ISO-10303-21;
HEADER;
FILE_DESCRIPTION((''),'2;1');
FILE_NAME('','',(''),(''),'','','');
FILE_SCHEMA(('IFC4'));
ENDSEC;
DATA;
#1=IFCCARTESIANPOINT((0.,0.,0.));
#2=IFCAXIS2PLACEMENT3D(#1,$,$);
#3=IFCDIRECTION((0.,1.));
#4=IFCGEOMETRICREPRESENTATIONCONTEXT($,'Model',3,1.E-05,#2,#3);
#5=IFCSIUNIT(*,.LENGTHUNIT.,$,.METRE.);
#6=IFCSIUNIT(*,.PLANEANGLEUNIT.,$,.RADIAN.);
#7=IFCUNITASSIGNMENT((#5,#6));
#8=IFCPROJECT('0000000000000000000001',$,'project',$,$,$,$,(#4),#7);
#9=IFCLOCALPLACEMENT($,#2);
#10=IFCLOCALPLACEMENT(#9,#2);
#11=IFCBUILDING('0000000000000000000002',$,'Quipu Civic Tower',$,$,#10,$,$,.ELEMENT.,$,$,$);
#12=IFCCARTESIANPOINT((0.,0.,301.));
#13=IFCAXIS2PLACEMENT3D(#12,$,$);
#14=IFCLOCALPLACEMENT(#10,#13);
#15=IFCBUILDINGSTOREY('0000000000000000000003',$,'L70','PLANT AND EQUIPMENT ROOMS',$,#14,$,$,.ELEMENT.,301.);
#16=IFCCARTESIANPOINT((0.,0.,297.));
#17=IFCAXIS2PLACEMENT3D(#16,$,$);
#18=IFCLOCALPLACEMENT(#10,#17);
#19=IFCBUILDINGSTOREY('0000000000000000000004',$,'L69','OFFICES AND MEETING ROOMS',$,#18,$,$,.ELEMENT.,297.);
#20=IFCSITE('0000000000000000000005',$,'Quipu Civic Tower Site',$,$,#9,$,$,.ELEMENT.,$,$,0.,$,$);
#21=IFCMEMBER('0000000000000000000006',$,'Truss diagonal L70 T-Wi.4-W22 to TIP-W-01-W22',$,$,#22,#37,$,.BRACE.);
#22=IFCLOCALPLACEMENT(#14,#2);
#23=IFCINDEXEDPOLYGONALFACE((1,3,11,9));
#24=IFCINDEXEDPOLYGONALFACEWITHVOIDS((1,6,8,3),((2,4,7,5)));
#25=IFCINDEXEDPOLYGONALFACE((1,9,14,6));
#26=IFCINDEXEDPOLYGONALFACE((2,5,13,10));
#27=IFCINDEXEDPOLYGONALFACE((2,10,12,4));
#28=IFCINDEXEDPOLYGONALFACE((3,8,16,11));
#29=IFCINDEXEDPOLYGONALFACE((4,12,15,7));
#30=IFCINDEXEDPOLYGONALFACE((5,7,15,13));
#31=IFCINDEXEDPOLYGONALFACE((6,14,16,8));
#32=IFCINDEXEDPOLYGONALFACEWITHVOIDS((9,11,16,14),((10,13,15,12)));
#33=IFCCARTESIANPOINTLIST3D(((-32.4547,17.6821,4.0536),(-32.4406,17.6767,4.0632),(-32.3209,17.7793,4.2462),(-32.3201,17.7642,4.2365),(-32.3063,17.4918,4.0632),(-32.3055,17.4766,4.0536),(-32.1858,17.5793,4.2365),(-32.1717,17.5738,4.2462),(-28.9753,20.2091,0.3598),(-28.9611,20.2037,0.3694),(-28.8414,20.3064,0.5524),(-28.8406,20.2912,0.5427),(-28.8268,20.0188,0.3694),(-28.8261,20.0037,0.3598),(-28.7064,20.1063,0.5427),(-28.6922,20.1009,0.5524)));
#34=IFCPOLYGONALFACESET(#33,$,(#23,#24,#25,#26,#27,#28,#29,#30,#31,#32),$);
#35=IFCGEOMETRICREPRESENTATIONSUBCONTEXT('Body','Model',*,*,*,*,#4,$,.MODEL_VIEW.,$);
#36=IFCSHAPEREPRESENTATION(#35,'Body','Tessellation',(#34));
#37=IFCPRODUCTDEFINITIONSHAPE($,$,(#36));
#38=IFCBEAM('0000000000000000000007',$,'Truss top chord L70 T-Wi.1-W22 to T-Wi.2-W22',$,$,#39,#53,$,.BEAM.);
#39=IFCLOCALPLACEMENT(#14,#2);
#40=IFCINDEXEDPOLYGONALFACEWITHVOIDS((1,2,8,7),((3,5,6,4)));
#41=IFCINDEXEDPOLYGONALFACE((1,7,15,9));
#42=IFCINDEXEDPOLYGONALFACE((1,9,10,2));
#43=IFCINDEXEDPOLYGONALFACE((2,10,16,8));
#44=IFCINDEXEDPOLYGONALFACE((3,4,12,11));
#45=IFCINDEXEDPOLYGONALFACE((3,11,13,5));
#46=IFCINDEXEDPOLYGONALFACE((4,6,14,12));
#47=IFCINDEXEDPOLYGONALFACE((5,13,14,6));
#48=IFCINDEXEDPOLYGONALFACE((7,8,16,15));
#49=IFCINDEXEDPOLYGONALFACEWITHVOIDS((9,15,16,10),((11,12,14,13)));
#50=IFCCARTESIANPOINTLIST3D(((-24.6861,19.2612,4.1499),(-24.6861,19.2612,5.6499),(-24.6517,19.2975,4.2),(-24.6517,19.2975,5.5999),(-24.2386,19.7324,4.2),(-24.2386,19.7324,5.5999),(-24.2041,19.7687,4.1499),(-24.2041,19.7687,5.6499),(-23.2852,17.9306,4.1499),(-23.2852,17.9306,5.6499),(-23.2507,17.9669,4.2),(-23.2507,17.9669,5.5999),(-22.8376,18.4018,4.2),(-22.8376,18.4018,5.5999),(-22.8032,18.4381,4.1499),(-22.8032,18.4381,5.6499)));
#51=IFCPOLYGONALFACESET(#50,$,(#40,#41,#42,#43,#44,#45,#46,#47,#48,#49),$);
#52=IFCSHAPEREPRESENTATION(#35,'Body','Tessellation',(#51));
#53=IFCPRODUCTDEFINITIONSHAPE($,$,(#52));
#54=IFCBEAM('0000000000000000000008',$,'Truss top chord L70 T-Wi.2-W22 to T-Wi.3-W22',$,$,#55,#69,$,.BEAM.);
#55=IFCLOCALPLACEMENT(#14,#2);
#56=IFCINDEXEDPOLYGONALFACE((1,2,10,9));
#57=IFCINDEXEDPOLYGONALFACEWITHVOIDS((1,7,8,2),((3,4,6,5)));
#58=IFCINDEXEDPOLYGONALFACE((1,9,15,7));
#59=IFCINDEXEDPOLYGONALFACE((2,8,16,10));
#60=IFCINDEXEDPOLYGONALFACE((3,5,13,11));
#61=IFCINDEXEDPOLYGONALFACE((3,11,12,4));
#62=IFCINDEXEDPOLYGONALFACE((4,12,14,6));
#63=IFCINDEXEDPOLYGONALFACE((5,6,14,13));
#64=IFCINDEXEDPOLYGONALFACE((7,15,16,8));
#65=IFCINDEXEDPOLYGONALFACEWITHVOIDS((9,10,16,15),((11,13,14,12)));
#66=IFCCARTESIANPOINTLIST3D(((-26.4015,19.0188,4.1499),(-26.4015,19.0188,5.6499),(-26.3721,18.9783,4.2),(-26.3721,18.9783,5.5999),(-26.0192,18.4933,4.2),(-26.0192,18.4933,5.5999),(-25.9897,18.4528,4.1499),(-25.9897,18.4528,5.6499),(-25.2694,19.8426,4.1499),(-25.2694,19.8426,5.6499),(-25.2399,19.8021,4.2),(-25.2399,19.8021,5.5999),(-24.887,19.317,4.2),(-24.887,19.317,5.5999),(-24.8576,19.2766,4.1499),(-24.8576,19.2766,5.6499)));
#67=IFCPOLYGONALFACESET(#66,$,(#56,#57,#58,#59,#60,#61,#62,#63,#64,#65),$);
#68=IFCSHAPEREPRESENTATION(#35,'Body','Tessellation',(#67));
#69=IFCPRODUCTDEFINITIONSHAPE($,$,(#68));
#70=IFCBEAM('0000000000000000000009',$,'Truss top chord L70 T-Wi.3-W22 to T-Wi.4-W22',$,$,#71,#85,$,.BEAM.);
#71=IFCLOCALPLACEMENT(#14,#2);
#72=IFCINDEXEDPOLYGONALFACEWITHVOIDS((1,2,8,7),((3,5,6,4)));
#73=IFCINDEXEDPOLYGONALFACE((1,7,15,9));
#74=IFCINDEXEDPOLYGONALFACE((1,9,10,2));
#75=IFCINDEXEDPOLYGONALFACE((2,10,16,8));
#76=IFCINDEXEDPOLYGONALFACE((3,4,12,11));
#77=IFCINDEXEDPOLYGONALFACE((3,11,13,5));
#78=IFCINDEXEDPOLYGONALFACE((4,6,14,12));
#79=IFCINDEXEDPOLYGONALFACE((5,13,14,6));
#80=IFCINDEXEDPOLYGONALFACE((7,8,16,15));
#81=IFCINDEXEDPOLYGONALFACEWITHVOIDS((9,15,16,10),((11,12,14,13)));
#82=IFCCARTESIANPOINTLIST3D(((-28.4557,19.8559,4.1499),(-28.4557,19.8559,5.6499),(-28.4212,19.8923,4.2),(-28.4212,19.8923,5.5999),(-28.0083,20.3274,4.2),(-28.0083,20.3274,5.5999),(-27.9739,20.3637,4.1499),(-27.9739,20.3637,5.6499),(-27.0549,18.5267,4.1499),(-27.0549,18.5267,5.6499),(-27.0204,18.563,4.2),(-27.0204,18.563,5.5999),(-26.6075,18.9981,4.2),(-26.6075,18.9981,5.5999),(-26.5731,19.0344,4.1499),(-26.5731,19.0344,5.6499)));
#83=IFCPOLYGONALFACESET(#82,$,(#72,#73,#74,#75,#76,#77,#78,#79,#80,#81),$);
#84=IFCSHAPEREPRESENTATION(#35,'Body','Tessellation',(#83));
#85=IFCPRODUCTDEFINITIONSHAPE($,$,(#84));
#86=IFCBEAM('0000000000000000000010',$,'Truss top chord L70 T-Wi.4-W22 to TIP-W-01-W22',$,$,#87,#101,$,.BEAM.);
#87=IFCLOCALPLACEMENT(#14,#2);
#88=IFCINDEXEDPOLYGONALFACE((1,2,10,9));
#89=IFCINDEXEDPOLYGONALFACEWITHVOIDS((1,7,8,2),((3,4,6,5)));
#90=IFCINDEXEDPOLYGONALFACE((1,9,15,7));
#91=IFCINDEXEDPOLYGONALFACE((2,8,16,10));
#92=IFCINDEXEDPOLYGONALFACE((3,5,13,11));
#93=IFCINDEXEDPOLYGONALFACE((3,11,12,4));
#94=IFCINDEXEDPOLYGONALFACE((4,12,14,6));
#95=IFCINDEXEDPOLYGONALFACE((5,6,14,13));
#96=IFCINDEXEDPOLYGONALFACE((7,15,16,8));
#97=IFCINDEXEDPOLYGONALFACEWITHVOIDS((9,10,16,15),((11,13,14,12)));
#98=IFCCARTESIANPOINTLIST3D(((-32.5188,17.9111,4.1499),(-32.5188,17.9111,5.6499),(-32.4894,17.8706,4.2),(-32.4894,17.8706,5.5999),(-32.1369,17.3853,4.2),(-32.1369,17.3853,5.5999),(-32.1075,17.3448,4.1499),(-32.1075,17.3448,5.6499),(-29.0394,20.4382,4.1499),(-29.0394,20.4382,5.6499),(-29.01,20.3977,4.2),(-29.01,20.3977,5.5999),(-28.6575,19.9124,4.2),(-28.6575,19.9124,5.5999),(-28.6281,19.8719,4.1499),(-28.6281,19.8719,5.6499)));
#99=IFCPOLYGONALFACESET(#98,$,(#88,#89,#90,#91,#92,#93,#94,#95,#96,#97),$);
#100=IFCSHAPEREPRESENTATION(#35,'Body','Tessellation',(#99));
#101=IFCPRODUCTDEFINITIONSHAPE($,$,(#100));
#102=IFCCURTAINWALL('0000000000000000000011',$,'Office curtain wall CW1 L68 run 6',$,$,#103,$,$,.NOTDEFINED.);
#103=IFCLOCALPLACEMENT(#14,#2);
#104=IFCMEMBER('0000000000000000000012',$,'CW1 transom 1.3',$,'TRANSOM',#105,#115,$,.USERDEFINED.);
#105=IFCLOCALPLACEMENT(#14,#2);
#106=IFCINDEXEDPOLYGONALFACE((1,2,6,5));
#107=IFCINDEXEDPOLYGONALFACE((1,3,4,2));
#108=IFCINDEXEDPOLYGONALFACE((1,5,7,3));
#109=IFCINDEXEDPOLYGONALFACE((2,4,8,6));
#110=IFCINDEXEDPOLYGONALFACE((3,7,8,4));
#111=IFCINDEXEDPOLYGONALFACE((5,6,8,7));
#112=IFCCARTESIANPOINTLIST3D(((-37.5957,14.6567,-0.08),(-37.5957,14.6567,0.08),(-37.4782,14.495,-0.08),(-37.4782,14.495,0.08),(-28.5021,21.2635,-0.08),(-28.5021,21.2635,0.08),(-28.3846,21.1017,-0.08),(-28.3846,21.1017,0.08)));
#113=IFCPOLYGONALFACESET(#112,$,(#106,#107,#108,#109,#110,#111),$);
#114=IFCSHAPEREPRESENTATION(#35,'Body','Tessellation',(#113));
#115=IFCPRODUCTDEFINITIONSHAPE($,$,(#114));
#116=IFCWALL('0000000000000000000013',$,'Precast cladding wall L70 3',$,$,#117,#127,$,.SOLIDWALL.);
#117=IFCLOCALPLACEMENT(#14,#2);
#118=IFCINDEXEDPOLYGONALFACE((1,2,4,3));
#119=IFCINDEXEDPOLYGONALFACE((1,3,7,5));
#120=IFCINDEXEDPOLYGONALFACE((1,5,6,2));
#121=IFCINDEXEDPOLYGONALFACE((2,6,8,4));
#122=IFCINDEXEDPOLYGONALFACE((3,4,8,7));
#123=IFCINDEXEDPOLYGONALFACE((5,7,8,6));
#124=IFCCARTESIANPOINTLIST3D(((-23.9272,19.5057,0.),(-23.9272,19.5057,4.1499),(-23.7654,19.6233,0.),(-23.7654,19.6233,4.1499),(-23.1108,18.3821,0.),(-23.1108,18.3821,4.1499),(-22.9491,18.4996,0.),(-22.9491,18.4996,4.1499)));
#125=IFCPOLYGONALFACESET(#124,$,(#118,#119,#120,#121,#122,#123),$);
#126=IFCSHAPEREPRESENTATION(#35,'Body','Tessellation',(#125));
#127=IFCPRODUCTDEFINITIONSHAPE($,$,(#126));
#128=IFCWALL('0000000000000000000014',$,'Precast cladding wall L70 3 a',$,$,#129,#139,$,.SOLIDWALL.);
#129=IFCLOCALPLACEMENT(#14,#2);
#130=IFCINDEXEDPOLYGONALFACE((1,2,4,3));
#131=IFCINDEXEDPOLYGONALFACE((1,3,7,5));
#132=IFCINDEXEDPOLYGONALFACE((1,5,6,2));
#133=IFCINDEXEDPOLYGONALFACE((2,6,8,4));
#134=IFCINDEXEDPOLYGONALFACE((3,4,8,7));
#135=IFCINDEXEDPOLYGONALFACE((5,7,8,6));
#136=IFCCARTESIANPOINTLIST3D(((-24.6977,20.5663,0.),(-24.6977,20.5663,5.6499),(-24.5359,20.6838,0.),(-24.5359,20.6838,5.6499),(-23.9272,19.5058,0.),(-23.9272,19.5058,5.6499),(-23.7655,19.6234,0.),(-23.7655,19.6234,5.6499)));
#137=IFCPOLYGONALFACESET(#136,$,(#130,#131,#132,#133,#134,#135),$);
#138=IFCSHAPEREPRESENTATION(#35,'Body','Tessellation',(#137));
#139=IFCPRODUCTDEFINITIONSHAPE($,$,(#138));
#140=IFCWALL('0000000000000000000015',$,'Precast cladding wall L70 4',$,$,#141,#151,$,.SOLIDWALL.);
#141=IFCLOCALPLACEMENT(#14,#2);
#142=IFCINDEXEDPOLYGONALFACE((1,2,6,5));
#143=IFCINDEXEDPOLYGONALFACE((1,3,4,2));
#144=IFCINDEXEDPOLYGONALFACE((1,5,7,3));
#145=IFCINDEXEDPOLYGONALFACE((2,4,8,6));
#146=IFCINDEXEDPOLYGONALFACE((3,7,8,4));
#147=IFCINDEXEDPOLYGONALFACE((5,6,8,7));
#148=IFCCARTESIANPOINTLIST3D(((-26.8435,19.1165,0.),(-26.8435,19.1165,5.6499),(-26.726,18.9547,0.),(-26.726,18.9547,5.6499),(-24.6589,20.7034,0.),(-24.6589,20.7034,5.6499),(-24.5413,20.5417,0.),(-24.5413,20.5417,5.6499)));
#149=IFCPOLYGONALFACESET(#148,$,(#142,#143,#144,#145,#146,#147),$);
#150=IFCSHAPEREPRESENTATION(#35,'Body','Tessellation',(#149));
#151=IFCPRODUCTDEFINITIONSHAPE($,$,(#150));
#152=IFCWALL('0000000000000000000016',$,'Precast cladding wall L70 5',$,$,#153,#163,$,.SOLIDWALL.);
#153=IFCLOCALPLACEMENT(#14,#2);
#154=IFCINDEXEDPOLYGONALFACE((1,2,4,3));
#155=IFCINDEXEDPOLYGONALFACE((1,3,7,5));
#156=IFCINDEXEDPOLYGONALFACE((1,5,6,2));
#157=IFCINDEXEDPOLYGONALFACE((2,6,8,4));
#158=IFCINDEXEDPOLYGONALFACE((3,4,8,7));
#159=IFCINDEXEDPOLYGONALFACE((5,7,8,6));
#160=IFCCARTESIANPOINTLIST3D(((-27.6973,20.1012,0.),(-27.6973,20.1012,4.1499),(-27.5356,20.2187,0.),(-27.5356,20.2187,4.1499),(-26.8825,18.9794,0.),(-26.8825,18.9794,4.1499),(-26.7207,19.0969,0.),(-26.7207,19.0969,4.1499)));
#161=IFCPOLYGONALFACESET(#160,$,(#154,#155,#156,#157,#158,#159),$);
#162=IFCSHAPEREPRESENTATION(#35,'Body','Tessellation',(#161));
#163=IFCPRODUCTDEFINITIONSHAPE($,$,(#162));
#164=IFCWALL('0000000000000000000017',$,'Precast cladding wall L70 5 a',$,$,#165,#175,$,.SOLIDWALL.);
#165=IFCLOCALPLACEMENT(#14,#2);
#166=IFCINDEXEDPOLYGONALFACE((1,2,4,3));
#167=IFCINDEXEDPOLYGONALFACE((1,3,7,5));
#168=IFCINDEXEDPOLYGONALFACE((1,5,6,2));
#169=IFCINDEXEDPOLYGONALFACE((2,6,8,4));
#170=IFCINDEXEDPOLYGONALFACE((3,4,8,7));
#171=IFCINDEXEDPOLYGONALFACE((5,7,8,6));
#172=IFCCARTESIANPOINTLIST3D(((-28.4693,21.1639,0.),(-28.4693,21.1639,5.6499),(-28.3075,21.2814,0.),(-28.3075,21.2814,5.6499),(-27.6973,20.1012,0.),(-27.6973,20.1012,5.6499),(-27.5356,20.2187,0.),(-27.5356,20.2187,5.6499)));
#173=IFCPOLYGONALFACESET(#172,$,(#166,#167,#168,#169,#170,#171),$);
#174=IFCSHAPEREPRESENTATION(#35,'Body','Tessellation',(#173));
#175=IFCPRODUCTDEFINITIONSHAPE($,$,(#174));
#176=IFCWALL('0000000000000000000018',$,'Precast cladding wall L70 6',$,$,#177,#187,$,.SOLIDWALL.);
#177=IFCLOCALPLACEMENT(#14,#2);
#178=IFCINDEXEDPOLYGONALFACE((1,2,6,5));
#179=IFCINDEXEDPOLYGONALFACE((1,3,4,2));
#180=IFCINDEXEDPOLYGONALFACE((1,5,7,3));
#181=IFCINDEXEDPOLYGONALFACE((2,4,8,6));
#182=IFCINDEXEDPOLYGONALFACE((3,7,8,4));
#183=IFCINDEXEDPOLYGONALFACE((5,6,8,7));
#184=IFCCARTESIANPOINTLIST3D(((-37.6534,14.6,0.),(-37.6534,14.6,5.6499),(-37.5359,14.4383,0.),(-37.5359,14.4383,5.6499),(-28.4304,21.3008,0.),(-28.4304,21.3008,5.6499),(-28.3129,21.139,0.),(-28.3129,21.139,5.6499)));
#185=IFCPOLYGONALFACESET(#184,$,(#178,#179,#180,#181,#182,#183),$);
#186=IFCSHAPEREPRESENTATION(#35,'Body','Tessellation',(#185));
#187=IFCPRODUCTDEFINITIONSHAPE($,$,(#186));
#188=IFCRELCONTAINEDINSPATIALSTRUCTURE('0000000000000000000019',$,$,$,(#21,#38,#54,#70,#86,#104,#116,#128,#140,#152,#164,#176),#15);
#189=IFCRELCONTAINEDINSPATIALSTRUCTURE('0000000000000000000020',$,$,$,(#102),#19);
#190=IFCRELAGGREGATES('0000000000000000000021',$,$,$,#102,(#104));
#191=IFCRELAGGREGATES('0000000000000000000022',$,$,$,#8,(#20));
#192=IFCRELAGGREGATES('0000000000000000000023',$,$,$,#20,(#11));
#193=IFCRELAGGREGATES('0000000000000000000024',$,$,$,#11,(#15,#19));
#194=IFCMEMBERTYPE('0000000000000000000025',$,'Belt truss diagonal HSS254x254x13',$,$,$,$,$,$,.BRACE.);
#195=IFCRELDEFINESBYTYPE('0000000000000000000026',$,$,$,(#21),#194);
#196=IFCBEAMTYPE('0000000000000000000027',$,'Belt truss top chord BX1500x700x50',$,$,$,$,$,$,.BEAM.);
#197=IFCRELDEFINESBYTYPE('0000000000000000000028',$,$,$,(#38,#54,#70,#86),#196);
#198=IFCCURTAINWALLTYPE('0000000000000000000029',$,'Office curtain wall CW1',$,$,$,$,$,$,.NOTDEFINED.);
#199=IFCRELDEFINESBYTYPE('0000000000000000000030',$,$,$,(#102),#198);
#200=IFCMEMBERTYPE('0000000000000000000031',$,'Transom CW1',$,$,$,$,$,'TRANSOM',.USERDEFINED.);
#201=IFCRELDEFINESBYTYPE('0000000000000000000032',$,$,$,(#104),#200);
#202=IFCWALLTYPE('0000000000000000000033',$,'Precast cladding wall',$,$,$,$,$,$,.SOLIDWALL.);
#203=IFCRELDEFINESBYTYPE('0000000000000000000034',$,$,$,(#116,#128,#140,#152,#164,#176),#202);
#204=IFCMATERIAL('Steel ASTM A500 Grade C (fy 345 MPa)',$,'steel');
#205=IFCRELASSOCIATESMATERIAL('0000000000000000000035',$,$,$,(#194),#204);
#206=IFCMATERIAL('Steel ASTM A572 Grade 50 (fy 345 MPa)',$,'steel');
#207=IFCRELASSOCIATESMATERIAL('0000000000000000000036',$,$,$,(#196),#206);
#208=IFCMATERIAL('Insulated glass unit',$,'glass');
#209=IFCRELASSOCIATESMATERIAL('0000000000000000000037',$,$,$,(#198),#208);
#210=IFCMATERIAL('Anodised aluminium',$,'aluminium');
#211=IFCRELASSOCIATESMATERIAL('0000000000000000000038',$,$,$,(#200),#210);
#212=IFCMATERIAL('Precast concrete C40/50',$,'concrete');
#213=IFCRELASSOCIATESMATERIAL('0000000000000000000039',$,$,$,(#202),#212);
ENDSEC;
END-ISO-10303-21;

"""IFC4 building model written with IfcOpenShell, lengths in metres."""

from ifc_helpers import new_model, si_unit, direction, frame, frame_2d, origin, origin_2d, place, context, subcontext, project, spatial, rectangle, hollow_rectangle, extrude, material, material_profile, profile_set, type_object, element, aggregate, save


model = new_model("IFC4")

# Units and contexts
model_context = context("Model", 3, precision=1e-05, world=origin(), true_north=direction((0.0, 1.0)))
body_context = subcontext(model_context, "Body", "Model", "MODEL_VIEW")
ifc_project = project(units=[si_unit("LENGTHUNIT", "METRE"), si_unit("PLANEANGLEUNIT", "RADIAN")], contexts=[model_context])

# Site, building, storey
site_placement = place(None, origin())
site = spatial("IfcSite", under=ifc_project, at=site_placement, Name="Quipu Civic Tower Site", CompositionType="ELEMENT", RefElevation=0.0)
building_placement = place(site_placement, origin())
building = spatial("IfcBuilding", under=site, at=building_placement, Name="Quipu Civic Tower", CompositionType="ELEMENT")
storey_1_placement = place(building_placement, frame((0.0, 0.0, 301.0)))
storey_1 = spatial("IfcBuildingStorey", under=building, at=storey_1_placement, Name="L70", Description="PLANT AND EQUIPMENT ROOMS", CompositionType="ELEMENT", Elevation=301.0)

# Member
ifc_material_1 = material(Name="Steel ASTM A500 Grade C (fy 345 MPa)", Category="steel")
ifc_material_profile_1 = material_profile(ifc_material_1, hollow_rectangle(XDim=0.2539, YDim=0.2539, WallThickness=0.0127, at=origin_2d()), Name="HSS254x254x13")
ifc_profile_set_1 = profile_set([ifc_material_profile_1], Name="Steel ASTM A500 Grade C (fy 345 MPa)")
member_type_1 = type_object("IfcMemberType", Name="Belt truss diagonal HSS254x254x13", PredefinedType="BRACE", material=ifc_profile_set_1)
member_1_placement = place(storey_1_placement, frame((-28.8337, 20.155, 0.4561), z_axis=(-0.613775, -0.445775, 0.651587), x_axis=(0.587648, -0.809116, 0.0)))
element("IfcMember", 1, at=member_1_placement, inside=storey_1, type_object=member_type_1, Name="Truss diagonal L70 T-Wi.4-W22 to TIP-W-01-W22", PredefinedType="BRACE", context=body_context, shape_type="SweptSolid", body=[
    extrude(hollow_rectangle(XDim=0.2539, YDim=0.2539, WallThickness=0.0127, at=origin_2d()), origin(), (0.0, 0.0, 1.0), 5.6689),
])

# Beams
ifc_material_2 = material(Name="Steel ASTM A572 Grade 50 (fy 345 MPa)", Category="steel")
ifc_material_profile_2 = material_profile(ifc_material_2, hollow_rectangle(XDim=0.7, YDim=1.5, WallThickness=0.05, at=origin_2d()), Name="BX1500x700x50")
ifc_profile_set_2 = profile_set([ifc_material_profile_2], Name="Steel ASTM A572 Grade 50 (fy 345 MPa)")
beam_type_1 = type_object("IfcBeamType", Name="Belt truss top chord BX1500x700x50", PredefinedType="BEAM", material=ifc_profile_set_2)
beam_1_placement = place(storey_1_placement, frame((-23.0442, 18.1843, 4.8999), z_axis=(-0.725069, 0.688676, 0.0), x_axis=(-0.688676, -0.725069, 0.0)))
element("IfcBeam", 2, at=beam_1_placement, inside=storey_1, type_object=beam_type_1, Name="Truss top chord L70 T-Wi.1-W22 to T-Wi.2-W22", PredefinedType="BEAM", context=body_context, shape_type="SweptSolid", body=[
    extrude(hollow_rectangle(XDim=0.7, YDim=1.5, WallThickness=0.05, at=origin_2d()), origin(), (0.0, 0.0, 1.0), 1.9321),
])
beam_2_placement = place(storey_1_placement, frame((-25.0635, 19.5596, 4.8999), z_axis=(-0.8086, -0.588358, 0.0), x_axis=(0.588358, -0.8086, 0.0)))
element("IfcBeam", 3, at=beam_2_placement, inside=storey_1, type_object=beam_type_1, Name="Truss top chord L70 T-Wi.2-W22 to T-Wi.3-W22", PredefinedType="BEAM", context=body_context, shape_type="SweptSolid", body=[
    extrude(hollow_rectangle(XDim=0.7, YDim=1.5, WallThickness=0.05, at=origin_2d()), origin(), (0.0, 0.0, 1.0), 1.4001),
])
beam_3_placement = place(storey_1_placement, frame((-26.814, 18.7805, 4.8999), z_axis=(-0.725384, 0.688344, 0.0), x_axis=(-0.688344, -0.725384, 0.0)))
element("IfcBeam", 4, at=beam_3_placement, inside=storey_1, type_object=beam_type_1, Name="Truss top chord L70 T-Wi.3-W22 to T-Wi.4-W22", PredefinedType="BEAM", context=body_context, shape_type="SweptSolid", body=[
    extrude(hollow_rectangle(XDim=0.7, YDim=1.5, WallThickness=0.05, at=origin_2d()), origin(), (0.0, 0.0, 1.0), 1.9312),
])
beam_4_placement = place(storey_1_placement, frame((-28.8337, 20.155, 4.8999), z_axis=(-0.809116, -0.587648, 0.0), x_axis=(0.587648, -0.809116, 0.0)))
element("IfcBeam", 5, at=beam_4_placement, inside=storey_1, type_object=beam_type_1, Name="Truss top chord L70 T-Wi.4-W22 to TIP-W-01-W22", PredefinedType="BEAM", context=body_context, shape_type="SweptSolid", body=[
    extrude(hollow_rectangle(XDim=0.7, YDim=1.5, WallThickness=0.05, at=origin_2d()), origin(), (0.0, 0.0, 1.0), 4.3003),
])

# Shared definitions
storey_2_placement = place(building_placement, frame((0.0, 0.0, 297.0)))
storey_2 = spatial("IfcBuildingStorey", under=building, at=storey_2_placement, Name="L69", Description="OFFICES AND MEETING ROOMS", CompositionType="ELEMENT", Elevation=297.0)

# Curtain wall, member
ifc_material_3 = material(Name="Insulated glass unit", Category="glass")
curtain_wall_type = type_object("IfcCurtainWallType", Name="Office curtain wall CW1", PredefinedType="NOTDEFINED", material=ifc_material_3)
curtain_wall_placement = place(storey_2_placement, origin())
curtain_wall = element("IfcCurtainWall", 6, at=curtain_wall_placement, inside=storey_2, type_object=curtain_wall_type, Name="Office curtain wall CW1 L68 run 6", PredefinedType="NOTDEFINED")
ifc_material_4 = material(Name="Anodised aluminium", Category="aluminium")
ifc_material_profile_3 = material_profile(ifc_material_4, rectangle(XDim=0.2, YDim=0.1599, at=origin_2d()), Name="RECT 200x160")
ifc_profile_set_3 = profile_set([ifc_material_profile_3], Name="Anodised aluminium")
member_type_2 = type_object("IfcMemberType", Name="Transom CW1", ElementType="TRANSOM", PredefinedType="USERDEFINED", material=ifc_profile_set_3)
member_2_placement = place(storey_1_placement, frame((-28.4434, 21.1826, 0.0), z_axis=(-0.809022, -0.587778, 0.0), x_axis=(0.587778, -0.809022, 0.0)))
member_2 = element("IfcMember", 7, at=member_2_placement, inside=storey_1, type_object=member_type_2, Name="CW1 transom 1.3", ObjectType="TRANSOM", PredefinedType="USERDEFINED", context=body_context, shape_type="SweptSolid", body=[
    extrude(rectangle(XDim=0.2, YDim=0.1599, at=origin_2d()), origin(), (0.0, 0.0, 1.0), 11.2402),
])
aggregate(curtain_wall, [member_2])

# Walls
ifc_material_5 = material(Name="Precast concrete C40/50", Category="concrete")
wall_type = type_object("IfcWallType", Name="Precast cladding wall", PredefinedType="SOLIDWALL", material=ifc_material_5)
wall_1_placement = place(storey_1_placement, frame((-23.03, 18.4409, 0.0), z_axis=(0.0, 0.0, 1.0), x_axis=(-0.587754, 0.80904, 0.0)))
element("IfcWall", 8, at=wall_1_placement, inside=storey_1, type_object=wall_type, Name="Precast cladding wall L70 3", PredefinedType="SOLIDWALL", context=body_context, shape_type="SweptSolid", body=[
    extrude(rectangle(XDim=1.3889, YDim=0.2, at=frame_2d((0.6943, 0.0))), origin(), (0.0, 0.0, 1.0), 4.1499),
])
wall_2_placement = place(storey_1_placement, frame((-23.8464, 19.5647, 0.0), z_axis=(0.0, 0.0, 1.0), x_axis=(-0.587773, 0.809026, 0.0)))
element("IfcWall", 9, at=wall_2_placement, inside=storey_1, type_object=wall_type, Name="Precast cladding wall L70 3 a", PredefinedType="SOLIDWALL", context=body_context, shape_type="SweptSolid", body=[
    extrude(rectangle(XDim=1.3108, YDim=0.2, at=frame_2d((0.6553, 0.0))), origin(), (0.0, 0.0, 1.0), 5.6499),
])
wall_3_placement = place(storey_1_placement, frame((-24.6001, 20.6226, 0.0), z_axis=(0.0, 0.0, 1.0), x_axis=(-0.809064, -0.58772, 0.0)))
element("IfcWall", 10, at=wall_3_placement, inside=storey_1, type_object=wall_type, Name="Precast cladding wall L70 4", PredefinedType="SOLIDWALL", context=body_context, shape_type="SweptSolid", body=[
    extrude(rectangle(XDim=2.7002, YDim=0.2, at=frame_2d((1.3501, 0.0))), origin(), (0.0, 0.0, 1.0), 5.6499),
])
wall_4_placement = place(storey_1_placement, frame((-26.8015, 19.0381, 0.0), z_axis=(0.0, 0.0, 1.0), x_axis=(-0.587732, 0.809056, 0.0)))
element("IfcWall", 11, at=wall_4_placement, inside=storey_1, type_object=wall_type, Name="Precast cladding wall L70 5", PredefinedType="SOLIDWALL", context=body_context, shape_type="SweptSolid", body=[
    extrude(rectangle(XDim=1.3865, YDim=0.2, at=frame_2d((0.6934, 0.0))), origin(), (0.0, 0.0, 1.0), 4.1499),
])
wall_5_placement = place(storey_1_placement, frame((-27.6165, 20.1599, 0.0), z_axis=(0.0, 0.0, 1.0), x_axis=(-0.587707, 0.809074, 0.0)))
element("IfcWall", 12, at=wall_5_placement, inside=storey_1, type_object=wall_type, Name="Precast cladding wall L70 5 a", PredefinedType="SOLIDWALL", context=body_context, shape_type="SweptSolid", body=[
    extrude(rectangle(XDim=1.3135, YDim=0.2, at=frame_2d((0.6567, 0.0))), origin(), (0.0, 0.0, 1.0), 5.6499),
])
wall_6_placement = place(storey_1_placement, frame((-28.3716, 21.22, 0.0), z_axis=(0.0, 0.0, 1.0), x_axis=(-0.809023, -0.587777, 0.0)))
element("IfcWall", 13, at=wall_6_placement, inside=storey_1, type_object=wall_type, Name="Precast cladding wall L70 6", PredefinedType="SOLIDWALL", context=body_context, shape_type="SweptSolid", body=[
    extrude(rectangle(XDim=11.4001, YDim=0.2, at=frame_2d((5.7002, 0.0))), origin(), (0.0, 0.0, 1.0), 5.6499),
])

save(model, "model.ifc")
